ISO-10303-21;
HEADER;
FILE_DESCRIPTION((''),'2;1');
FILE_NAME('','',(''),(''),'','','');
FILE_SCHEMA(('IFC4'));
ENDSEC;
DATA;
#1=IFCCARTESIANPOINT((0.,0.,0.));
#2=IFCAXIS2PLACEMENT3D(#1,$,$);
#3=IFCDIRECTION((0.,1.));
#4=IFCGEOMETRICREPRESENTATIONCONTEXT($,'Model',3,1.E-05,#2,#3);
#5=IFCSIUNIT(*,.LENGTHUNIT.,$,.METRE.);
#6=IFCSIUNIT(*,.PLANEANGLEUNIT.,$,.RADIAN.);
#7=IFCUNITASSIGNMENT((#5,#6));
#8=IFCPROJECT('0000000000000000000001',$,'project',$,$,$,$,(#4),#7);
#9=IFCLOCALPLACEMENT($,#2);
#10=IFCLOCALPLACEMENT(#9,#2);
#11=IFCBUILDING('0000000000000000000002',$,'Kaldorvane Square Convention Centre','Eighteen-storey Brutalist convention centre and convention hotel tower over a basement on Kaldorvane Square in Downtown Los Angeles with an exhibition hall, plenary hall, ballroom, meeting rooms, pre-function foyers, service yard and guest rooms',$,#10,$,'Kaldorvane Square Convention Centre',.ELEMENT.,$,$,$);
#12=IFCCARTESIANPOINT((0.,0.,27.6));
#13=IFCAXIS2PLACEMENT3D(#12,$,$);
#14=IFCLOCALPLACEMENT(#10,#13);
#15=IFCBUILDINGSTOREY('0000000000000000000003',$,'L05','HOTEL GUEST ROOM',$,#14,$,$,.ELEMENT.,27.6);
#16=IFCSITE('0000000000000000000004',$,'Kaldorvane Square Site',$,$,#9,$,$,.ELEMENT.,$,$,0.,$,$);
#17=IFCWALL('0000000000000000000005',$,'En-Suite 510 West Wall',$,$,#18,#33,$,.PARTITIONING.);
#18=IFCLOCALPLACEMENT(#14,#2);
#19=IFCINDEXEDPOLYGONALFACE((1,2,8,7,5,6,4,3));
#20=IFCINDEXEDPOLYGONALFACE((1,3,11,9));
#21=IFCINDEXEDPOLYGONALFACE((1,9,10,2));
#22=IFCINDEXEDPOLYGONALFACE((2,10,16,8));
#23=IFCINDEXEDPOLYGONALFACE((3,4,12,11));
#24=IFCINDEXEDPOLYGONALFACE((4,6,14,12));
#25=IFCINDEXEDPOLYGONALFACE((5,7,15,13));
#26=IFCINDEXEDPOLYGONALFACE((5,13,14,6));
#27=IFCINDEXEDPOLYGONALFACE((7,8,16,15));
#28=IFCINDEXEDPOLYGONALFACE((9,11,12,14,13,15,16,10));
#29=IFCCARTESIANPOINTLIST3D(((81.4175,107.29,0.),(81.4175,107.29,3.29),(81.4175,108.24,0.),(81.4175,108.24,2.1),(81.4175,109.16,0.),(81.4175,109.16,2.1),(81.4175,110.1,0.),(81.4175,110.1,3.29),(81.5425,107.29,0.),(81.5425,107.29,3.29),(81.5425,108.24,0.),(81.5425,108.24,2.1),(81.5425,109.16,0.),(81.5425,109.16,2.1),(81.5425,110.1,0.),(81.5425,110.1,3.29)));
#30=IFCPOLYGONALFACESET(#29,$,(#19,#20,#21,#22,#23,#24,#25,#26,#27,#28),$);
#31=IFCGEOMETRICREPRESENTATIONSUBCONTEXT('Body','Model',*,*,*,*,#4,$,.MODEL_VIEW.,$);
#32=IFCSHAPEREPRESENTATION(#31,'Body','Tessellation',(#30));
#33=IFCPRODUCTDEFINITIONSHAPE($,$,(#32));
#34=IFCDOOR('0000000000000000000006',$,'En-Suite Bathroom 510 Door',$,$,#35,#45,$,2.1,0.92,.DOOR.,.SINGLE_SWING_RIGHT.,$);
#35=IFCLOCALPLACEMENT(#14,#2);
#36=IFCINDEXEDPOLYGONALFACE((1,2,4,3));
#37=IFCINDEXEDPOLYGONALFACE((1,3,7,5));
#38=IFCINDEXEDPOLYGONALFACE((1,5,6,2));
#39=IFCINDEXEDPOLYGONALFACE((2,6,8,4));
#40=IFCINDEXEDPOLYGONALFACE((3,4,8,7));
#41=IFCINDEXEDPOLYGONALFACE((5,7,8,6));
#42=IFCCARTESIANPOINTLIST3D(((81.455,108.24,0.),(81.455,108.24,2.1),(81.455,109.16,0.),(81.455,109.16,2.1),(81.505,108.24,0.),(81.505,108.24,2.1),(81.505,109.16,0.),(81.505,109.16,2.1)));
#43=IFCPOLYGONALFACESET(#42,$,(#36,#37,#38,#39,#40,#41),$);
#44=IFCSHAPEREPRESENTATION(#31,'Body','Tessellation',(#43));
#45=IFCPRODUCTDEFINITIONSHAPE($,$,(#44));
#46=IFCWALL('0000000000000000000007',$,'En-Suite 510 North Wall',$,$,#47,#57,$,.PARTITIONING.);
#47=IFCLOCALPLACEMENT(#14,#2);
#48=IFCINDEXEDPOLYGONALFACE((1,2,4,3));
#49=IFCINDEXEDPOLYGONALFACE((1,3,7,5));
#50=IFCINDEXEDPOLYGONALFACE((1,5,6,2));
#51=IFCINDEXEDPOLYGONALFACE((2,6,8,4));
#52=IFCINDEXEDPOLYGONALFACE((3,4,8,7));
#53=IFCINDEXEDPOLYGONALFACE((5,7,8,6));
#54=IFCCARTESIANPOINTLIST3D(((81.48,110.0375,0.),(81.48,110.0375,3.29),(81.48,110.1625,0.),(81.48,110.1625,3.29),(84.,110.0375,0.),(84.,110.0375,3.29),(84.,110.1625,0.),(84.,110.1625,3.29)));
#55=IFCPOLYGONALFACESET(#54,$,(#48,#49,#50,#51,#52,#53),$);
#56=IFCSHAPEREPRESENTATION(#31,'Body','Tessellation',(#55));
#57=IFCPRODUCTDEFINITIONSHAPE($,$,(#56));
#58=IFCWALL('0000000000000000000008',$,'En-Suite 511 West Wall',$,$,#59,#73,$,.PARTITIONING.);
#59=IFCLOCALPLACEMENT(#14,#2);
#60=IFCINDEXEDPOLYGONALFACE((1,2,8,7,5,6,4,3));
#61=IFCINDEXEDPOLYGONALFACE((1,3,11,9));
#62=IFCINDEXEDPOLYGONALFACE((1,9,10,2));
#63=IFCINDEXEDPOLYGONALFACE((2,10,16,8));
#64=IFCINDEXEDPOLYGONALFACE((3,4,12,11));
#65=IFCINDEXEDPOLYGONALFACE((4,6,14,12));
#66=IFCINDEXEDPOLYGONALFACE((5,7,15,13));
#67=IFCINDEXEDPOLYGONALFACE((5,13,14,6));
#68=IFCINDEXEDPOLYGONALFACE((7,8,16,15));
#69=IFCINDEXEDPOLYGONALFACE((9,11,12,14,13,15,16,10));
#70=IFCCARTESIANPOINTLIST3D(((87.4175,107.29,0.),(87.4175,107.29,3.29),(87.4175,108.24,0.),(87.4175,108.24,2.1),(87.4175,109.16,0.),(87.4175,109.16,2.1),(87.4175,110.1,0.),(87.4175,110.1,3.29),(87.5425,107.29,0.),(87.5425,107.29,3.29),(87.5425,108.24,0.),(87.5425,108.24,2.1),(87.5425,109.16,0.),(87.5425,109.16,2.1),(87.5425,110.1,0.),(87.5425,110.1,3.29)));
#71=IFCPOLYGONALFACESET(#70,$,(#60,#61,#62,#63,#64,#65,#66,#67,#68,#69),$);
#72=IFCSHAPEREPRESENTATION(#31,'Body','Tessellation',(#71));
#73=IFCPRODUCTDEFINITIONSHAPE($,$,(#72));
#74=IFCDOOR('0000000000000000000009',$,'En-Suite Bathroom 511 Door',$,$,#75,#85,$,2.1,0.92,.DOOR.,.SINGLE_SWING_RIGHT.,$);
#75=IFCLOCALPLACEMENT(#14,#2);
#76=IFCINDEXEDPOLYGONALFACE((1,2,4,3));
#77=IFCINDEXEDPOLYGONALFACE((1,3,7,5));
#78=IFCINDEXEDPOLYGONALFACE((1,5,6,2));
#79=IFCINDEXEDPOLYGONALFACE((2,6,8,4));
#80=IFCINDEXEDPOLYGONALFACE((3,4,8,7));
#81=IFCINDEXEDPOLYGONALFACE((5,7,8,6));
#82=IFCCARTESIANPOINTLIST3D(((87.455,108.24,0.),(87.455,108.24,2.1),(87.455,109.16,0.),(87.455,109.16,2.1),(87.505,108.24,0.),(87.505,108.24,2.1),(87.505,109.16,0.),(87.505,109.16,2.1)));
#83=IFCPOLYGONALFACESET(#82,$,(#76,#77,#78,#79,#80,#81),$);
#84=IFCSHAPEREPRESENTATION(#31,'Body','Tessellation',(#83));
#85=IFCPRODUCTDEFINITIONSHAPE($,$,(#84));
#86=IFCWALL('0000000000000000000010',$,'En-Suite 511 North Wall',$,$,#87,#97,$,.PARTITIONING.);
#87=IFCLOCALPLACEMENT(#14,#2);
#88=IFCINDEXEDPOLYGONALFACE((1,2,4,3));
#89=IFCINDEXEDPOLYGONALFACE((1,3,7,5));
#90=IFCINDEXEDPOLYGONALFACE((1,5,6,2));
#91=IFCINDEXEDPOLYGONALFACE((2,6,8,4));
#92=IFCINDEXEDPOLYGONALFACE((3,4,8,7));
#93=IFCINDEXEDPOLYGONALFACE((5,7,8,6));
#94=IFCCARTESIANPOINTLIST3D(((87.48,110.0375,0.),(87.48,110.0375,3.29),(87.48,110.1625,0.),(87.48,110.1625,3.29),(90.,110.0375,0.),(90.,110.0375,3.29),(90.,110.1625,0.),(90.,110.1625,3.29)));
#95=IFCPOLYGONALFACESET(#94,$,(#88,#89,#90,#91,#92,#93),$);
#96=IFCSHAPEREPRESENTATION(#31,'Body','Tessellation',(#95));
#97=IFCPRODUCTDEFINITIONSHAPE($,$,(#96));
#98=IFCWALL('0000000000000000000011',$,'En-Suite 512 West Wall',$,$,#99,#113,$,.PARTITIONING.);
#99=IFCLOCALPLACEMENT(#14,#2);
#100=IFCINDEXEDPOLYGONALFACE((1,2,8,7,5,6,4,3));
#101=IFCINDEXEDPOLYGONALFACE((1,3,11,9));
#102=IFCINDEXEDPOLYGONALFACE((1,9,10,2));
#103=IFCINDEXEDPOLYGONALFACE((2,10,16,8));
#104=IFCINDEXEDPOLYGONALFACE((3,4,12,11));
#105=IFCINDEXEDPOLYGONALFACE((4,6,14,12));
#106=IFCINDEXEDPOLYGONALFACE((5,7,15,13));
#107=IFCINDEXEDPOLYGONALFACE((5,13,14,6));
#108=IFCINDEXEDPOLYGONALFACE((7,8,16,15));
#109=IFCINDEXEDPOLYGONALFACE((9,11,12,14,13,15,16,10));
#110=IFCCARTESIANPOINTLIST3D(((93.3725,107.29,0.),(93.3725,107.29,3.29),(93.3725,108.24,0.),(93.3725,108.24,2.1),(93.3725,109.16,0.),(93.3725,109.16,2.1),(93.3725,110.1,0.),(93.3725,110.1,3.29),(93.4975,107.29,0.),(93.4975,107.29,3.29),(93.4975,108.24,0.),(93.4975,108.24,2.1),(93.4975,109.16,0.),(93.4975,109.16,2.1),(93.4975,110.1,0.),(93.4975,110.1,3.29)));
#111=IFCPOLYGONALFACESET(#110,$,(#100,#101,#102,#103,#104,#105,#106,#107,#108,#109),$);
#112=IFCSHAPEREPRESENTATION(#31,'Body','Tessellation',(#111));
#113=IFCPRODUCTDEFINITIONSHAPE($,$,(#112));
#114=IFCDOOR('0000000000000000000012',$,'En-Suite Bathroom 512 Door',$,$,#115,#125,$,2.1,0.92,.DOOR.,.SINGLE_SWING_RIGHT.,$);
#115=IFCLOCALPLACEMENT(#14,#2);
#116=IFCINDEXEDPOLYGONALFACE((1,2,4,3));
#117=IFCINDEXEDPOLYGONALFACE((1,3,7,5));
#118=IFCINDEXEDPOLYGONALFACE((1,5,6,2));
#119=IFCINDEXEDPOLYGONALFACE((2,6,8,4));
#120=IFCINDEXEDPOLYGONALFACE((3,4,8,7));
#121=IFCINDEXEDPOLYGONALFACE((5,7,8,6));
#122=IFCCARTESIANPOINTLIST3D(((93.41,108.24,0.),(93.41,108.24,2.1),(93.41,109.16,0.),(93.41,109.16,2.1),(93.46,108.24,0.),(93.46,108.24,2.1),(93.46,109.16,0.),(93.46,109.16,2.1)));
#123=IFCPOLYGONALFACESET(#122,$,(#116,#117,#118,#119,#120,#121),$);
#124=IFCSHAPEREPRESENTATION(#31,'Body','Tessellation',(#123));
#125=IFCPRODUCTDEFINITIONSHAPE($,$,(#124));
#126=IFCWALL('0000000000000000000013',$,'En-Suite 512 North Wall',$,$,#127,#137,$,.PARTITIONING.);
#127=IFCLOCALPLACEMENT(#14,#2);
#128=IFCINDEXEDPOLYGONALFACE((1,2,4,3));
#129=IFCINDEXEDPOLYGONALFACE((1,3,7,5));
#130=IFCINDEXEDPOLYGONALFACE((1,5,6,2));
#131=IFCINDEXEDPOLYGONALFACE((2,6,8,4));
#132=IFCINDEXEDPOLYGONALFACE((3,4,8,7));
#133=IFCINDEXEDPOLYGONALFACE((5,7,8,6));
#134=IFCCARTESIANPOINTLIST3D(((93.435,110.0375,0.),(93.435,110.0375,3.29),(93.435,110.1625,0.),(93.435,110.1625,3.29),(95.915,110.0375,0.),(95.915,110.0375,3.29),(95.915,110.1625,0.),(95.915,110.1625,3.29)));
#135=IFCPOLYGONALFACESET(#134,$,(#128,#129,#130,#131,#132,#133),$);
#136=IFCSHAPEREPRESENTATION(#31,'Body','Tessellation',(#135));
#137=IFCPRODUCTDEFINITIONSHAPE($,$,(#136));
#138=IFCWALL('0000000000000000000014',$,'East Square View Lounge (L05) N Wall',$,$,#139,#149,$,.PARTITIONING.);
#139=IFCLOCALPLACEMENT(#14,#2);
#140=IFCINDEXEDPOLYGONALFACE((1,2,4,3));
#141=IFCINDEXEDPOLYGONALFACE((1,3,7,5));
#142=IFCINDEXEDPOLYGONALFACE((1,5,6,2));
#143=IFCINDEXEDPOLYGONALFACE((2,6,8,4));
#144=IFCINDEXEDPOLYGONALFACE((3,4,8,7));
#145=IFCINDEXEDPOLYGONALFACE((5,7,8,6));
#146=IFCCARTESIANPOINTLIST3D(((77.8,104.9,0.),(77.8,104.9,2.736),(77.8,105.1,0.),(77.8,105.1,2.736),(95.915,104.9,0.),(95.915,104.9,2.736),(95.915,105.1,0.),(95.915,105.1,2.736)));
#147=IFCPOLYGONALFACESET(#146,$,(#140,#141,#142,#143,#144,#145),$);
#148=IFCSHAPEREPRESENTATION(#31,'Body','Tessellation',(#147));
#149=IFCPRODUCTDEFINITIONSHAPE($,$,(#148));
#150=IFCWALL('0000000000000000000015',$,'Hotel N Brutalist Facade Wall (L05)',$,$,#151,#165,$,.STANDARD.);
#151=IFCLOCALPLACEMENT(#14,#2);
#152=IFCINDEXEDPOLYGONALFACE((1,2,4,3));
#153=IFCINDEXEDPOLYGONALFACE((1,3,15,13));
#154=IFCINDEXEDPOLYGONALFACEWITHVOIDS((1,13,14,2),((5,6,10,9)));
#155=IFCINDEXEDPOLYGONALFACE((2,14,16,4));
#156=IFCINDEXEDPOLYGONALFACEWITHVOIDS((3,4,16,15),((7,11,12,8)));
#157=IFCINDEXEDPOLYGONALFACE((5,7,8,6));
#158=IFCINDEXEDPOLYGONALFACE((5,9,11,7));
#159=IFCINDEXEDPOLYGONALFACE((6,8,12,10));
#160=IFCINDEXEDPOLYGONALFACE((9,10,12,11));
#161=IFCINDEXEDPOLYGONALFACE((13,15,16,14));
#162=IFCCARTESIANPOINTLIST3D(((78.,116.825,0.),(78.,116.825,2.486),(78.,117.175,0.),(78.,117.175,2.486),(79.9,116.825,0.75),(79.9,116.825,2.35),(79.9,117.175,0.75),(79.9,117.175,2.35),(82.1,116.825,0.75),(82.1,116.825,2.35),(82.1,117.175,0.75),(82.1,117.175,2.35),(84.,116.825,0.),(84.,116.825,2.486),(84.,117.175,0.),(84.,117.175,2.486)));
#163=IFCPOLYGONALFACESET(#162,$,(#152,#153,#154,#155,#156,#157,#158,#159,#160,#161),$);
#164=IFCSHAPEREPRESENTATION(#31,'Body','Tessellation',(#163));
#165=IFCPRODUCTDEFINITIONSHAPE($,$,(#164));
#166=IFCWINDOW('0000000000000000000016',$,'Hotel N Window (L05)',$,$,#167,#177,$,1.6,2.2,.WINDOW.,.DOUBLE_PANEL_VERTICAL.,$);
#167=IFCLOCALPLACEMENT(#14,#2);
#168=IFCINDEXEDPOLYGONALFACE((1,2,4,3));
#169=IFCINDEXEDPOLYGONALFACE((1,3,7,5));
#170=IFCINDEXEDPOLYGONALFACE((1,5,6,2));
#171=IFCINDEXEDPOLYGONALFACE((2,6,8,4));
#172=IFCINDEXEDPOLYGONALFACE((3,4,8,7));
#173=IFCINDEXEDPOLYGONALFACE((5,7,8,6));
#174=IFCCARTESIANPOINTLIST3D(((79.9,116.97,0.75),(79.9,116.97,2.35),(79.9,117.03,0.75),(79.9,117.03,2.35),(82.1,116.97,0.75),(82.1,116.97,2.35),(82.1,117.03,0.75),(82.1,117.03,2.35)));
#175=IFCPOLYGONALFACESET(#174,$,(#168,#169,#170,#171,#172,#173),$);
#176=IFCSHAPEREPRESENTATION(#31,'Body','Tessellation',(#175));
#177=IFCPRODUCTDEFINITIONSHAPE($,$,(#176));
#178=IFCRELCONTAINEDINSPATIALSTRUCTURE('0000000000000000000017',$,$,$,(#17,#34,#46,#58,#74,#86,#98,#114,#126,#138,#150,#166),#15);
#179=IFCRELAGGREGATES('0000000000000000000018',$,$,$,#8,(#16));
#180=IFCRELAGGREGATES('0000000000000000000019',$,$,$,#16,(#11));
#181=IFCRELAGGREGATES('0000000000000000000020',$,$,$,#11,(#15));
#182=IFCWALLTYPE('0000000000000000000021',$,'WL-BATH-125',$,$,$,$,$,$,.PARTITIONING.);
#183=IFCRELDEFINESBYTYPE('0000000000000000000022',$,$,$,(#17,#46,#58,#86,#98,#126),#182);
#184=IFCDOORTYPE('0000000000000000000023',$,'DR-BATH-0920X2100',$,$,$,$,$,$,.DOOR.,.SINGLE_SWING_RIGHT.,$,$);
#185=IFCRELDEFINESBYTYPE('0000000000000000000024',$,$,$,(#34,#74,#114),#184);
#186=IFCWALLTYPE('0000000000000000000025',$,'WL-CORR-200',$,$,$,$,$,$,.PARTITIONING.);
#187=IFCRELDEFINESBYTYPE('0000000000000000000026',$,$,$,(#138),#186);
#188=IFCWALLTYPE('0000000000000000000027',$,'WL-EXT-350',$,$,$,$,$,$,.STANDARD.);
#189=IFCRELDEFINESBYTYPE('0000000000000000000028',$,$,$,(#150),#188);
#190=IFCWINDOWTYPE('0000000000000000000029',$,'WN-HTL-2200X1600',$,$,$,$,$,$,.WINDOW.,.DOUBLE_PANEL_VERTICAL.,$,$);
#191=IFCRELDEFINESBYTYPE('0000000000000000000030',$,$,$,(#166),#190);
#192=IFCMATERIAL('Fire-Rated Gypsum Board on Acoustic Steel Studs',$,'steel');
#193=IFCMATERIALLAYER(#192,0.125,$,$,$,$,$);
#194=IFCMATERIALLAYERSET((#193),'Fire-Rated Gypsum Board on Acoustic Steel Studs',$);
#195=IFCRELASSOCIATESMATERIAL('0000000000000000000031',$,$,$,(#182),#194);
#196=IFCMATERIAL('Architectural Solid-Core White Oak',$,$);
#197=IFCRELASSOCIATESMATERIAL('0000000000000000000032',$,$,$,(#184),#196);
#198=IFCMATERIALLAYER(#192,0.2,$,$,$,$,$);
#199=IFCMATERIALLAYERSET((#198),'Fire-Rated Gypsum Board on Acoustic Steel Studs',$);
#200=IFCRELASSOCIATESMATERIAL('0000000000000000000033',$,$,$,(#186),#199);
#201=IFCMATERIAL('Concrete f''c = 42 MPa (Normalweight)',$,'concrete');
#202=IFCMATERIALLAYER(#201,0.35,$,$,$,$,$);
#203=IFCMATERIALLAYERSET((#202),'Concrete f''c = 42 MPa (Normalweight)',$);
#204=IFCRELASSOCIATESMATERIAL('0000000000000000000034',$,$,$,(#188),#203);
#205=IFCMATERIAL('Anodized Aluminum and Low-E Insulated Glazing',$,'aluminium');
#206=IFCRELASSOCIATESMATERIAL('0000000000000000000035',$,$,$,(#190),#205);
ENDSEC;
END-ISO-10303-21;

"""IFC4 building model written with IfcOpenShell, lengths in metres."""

from ifc_helpers import new_model, si_unit, direction, frame, frame_2d, origin, place, context, subcontext, project, spatial, rectangle, extrude, material, layer, layer_set, type_object, element, fill, save


model = new_model("IFC4")

# Units and contexts
model_context = context("Model", 3, precision=1e-05, world=origin(), true_north=direction((0.0, 1.0)))
body_context = subcontext(model_context, "Body", "Model", "MODEL_VIEW")
ifc_project = project(units=[si_unit("LENGTHUNIT", "METRE"), si_unit("PLANEANGLEUNIT", "RADIAN")], contexts=[model_context])

# Site, building, storey
site_placement = place(None, origin())
site = spatial("IfcSite", under=ifc_project, at=site_placement, Name="Kaldorvane Square Site", CompositionType="ELEMENT", RefElevation=0.0)
building_placement = place(site_placement, origin())
building = spatial("IfcBuilding", under=site, at=building_placement, Name="Kaldorvane Square Convention Centre", Description="Eighteen-storey Brutalist convention centre and convention hotel tower over a basement on Kaldorvane Square in Downtown Los Angeles with an exhibition hall, plenary hall, ballroom, meeting rooms, pre-function foyers, service yard and guest rooms", LongName="Kaldorvane Square Convention Centre", CompositionType="ELEMENT")
storey_placement = place(building_placement, frame((0.0, 0.0, 27.6)))
storey = spatial("IfcBuildingStorey", under=building, at=storey_placement, Name="L05", Description="HOTEL GUEST ROOM", CompositionType="ELEMENT", Elevation=27.6)

# Shared definitions
ifc_material_1 = material(Name="Concrete f'c = 42 MPa (Normalweight)", Category="concrete")

# Wall, opening, door
ifc_material_2 = material(Name="Fire-Rated Gypsum Board on Acoustic Steel Studs", Category="steel")
ifc_layer_1 = layer(ifc_material_2, 0.125)
ifc_layer_set_1 = layer_set([ifc_layer_1], Name="Fire-Rated Gypsum Board on Acoustic Steel Studs")
wall_type_1 = type_object("IfcWallType", Name="WL-BATH-125", PredefinedType="PARTITIONING", material=ifc_layer_set_1)
wall_1_placement = place(storey_placement, frame((81.48, 107.29, 0.0), z_axis=(0.0, 0.0, 1.0), x_axis=(0.0, 1.0, 0.0)))
wall_1 = element("IfcWall", 1, at=wall_1_placement, inside=storey, type_object=wall_type_1, Name="En-Suite 510 West Wall", PredefinedType="PARTITIONING", context=body_context, shape_type="SweptSolid", body=[
    extrude(rectangle(XDim=2.81, YDim=0.125, at=frame_2d((1.405, 0.0))), origin(), (0.0, 0.0, 1.0), 3.29),
])
opening_1_placement = place(wall_1_placement, frame((0.95, 0.0, 0.0)))
opening_1 = element("IfcOpeningElement", 2, at=opening_1_placement, cuts=wall_1, PredefinedType="OPENING", context=body_context, shape_type="SweptSolid", body=[
    extrude(rectangle(XDim=0.92, YDim=2.1, at=frame_2d((0.46, 1.05))), frame((0.0, 0.0775, 0.0), z_axis=(0.0, -1.0, 0.0), x_axis=(1.0, 0.0, 0.0)), (0.0, 0.0, 1.0), 0.155),
])
ifc_material_3 = material(Name="Architectural Solid-Core White Oak")
door_type_1 = type_object("IfcDoorType", Name="DR-BATH-0920X2100", OperationType="SINGLE_SWING_RIGHT", PredefinedType="DOOR", material=ifc_material_3)
door_1_placement = place(opening_1_placement, origin())
door_1 = element("IfcDoor", 3, at=door_1_placement, inside=storey, type_object=door_type_1, Name="En-Suite Bathroom 510 Door", OperationType="SINGLE_SWING_RIGHT", OverallHeight=2.1, OverallWidth=0.92, PredefinedType="DOOR", context=body_context, shape_type="SweptSolid", body=[
    extrude(rectangle(XDim=0.92, YDim=2.1, at=frame_2d((0.46, 1.05))), frame((0.0, 0.025, 0.0), z_axis=(0.0, -1.0, 0.0), x_axis=(1.0, 0.0, 0.0)), (0.0, 0.0, 1.0), 0.05),
])
fill(opening_1, door_1)

# Wall
wall_2_placement = place(storey_placement, frame((81.48, 110.1, 0.0), z_axis=(0.0, 0.0, 1.0), x_axis=(1.0, 0.0, 0.0)))
element("IfcWall", 4, at=wall_2_placement, inside=storey, type_object=wall_type_1, Name="En-Suite 510 North Wall", PredefinedType="PARTITIONING", context=body_context, shape_type="SweptSolid", body=[
    extrude(rectangle(XDim=2.52, YDim=0.125, at=frame_2d((1.26, 0.0))), origin(), (0.0, 0.0, 1.0), 3.29),
])

# Wall, opening, door
wall_3_placement = place(storey_placement, frame((87.48, 107.29, 0.0), z_axis=(0.0, 0.0, 1.0), x_axis=(0.0, 1.0, 0.0)))
wall_3 = element("IfcWall", 5, at=wall_3_placement, inside=storey, type_object=wall_type_1, Name="En-Suite 511 West Wall", PredefinedType="PARTITIONING", context=body_context, shape_type="SweptSolid", body=[
    extrude(rectangle(XDim=2.81, YDim=0.125, at=frame_2d((1.405, 0.0))), origin(), (0.0, 0.0, 1.0), 3.29),
])
opening_2_placement = place(wall_3_placement, frame((0.95, 0.0, 0.0)))
opening_2 = element("IfcOpeningElement", 6, at=opening_2_placement, cuts=wall_3, PredefinedType="OPENING", context=body_context, shape_type="SweptSolid", body=[
    extrude(rectangle(XDim=0.92, YDim=2.1, at=frame_2d((0.46, 1.05))), frame((0.0, 0.0775, 0.0), z_axis=(0.0, -1.0, 0.0), x_axis=(1.0, 0.0, 0.0)), (0.0, 0.0, 1.0), 0.155),
])
door_2_placement = place(opening_2_placement, origin())
door_2 = element("IfcDoor", 7, at=door_2_placement, inside=storey, type_object=door_type_1, Name="En-Suite Bathroom 511 Door", OperationType="SINGLE_SWING_RIGHT", OverallHeight=2.1, OverallWidth=0.92, PredefinedType="DOOR", context=body_context, shape_type="SweptSolid", body=[
    extrude(rectangle(XDim=0.92, YDim=2.1, at=frame_2d((0.46, 1.05))), frame((0.0, 0.025, 0.0), z_axis=(0.0, -1.0, 0.0), x_axis=(1.0, 0.0, 0.0)), (0.0, 0.0, 1.0), 0.05),
])
fill(opening_2, door_2)

# Wall
wall_4_placement = place(storey_placement, frame((87.48, 110.1, 0.0), z_axis=(0.0, 0.0, 1.0), x_axis=(1.0, 0.0, 0.0)))
element("IfcWall", 8, at=wall_4_placement, inside=storey, type_object=wall_type_1, Name="En-Suite 511 North Wall", PredefinedType="PARTITIONING", context=body_context, shape_type="SweptSolid", body=[
    extrude(rectangle(XDim=2.52, YDim=0.125, at=frame_2d((1.26, 0.0))), origin(), (0.0, 0.0, 1.0), 3.29),
])

# Wall, opening, door
wall_5_placement = place(storey_placement, frame((93.435, 107.29, 0.0), z_axis=(0.0, 0.0, 1.0), x_axis=(0.0, 1.0, 0.0)))
wall_5 = element("IfcWall", 9, at=wall_5_placement, inside=storey, type_object=wall_type_1, Name="En-Suite 512 West Wall", PredefinedType="PARTITIONING", context=body_context, shape_type="SweptSolid", body=[
    extrude(rectangle(XDim=2.81, YDim=0.125, at=frame_2d((1.405, 0.0))), origin(), (0.0, 0.0, 1.0), 3.29),
])
opening_3_placement = place(wall_5_placement, frame((0.95, 0.0, 0.0)))
opening_3 = element("IfcOpeningElement", 10, at=opening_3_placement, cuts=wall_5, PredefinedType="OPENING", context=body_context, shape_type="SweptSolid", body=[
    extrude(rectangle(XDim=0.92, YDim=2.1, at=frame_2d((0.46, 1.05))), frame((0.0, 0.0775, 0.0), z_axis=(0.0, -1.0, 0.0), x_axis=(1.0, 0.0, 0.0)), (0.0, 0.0, 1.0), 0.155),
])
door_3_placement = place(opening_3_placement, origin())
door_3 = element("IfcDoor", 11, at=door_3_placement, inside=storey, type_object=door_type_1, Name="En-Suite Bathroom 512 Door", OperationType="SINGLE_SWING_RIGHT", OverallHeight=2.1, OverallWidth=0.92, PredefinedType="DOOR", context=body_context, shape_type="SweptSolid", body=[
    extrude(rectangle(XDim=0.92, YDim=2.1, at=frame_2d((0.46, 1.05))), frame((0.0, 0.025, 0.0), z_axis=(0.0, -1.0, 0.0), x_axis=(1.0, 0.0, 0.0)), (0.0, 0.0, 1.0), 0.05),
])
fill(opening_3, door_3)

# Walls
wall_6_placement = place(storey_placement, frame((93.435, 110.1, 0.0), z_axis=(0.0, 0.0, 1.0), x_axis=(1.0, 0.0, 0.0)))
element("IfcWall", 12, at=wall_6_placement, inside=storey, type_object=wall_type_1, Name="En-Suite 512 North Wall", PredefinedType="PARTITIONING", context=body_context, shape_type="SweptSolid", body=[
    extrude(rectangle(XDim=2.48, YDim=0.125, at=frame_2d((1.24, 0.0))), origin(), (0.0, 0.0, 1.0), 3.29),
])
ifc_layer_2 = layer(ifc_material_2, 0.2)
ifc_layer_set_2 = layer_set([ifc_layer_2], Name="Fire-Rated Gypsum Board on Acoustic Steel Studs")
wall_type_2 = type_object("IfcWallType", Name="WL-CORR-200", PredefinedType="PARTITIONING", material=ifc_layer_set_2)
wall_7_placement = place(storey_placement, frame((95.915, 105.0, 0.0), z_axis=(0.0, 0.0, 1.0), x_axis=(-1.0, 0.0, 0.0)))
element("IfcWall", 13, at=wall_7_placement, inside=storey, type_object=wall_type_2, Name="East Square View Lounge (L05) N Wall", PredefinedType="PARTITIONING", context=body_context, shape_type="SweptSolid", body=[
    extrude(rectangle(XDim=18.115, YDim=0.2, at=frame_2d((9.0575, 0.0))), origin(), (0.0, 0.0, 1.0), 2.736),
])

# Wall, opening, window
ifc_layer_3 = layer(ifc_material_1, 0.35)
ifc_layer_set_3 = layer_set([ifc_layer_3], Name="Concrete f'c = 42 MPa (Normalweight)")
wall_type_3 = type_object("IfcWallType", Name="WL-EXT-350", PredefinedType="STANDARD", material=ifc_layer_set_3)
wall_8_placement = place(storey_placement, frame((84.0, 117.0, 0.0), z_axis=(0.0, 0.0, 1.0), x_axis=(-1.0, 0.0, 0.0)))
wall_8 = element("IfcWall", 14, at=wall_8_placement, inside=storey, type_object=wall_type_3, Name="Hotel N Brutalist Facade Wall (L05)", PredefinedType="STANDARD", context=body_context, shape_type="SweptSolid", body=[
    extrude(rectangle(XDim=6.0, YDim=0.35, at=frame_2d((3.0, 0.0))), origin(), (0.0, 0.0, 1.0), 2.486),
])
opening_4_placement = place(wall_8_placement, frame((1.9, 0.0, 0.75)))
opening_4 = element("IfcOpeningElement", 15, at=opening_4_placement, cuts=wall_8, PredefinedType="OPENING", context=body_context, shape_type="SweptSolid", body=[
    extrude(rectangle(XDim=2.2, YDim=1.6, at=frame_2d((1.1, 0.8))), frame((0.0, 0.19, 0.0), z_axis=(0.0, -1.0, 0.0), x_axis=(1.0, 0.0, 0.0)), (0.0, 0.0, 1.0), 0.38),
])
ifc_material_4 = material(Name="Anodized Aluminum and Low-E Insulated Glazing", Category="aluminium")
window_type = type_object("IfcWindowType", Name="WN-HTL-2200X1600", PartitioningType="DOUBLE_PANEL_VERTICAL", PredefinedType="WINDOW", material=ifc_material_4)
window_1_placement = place(opening_4_placement, origin())
window_1 = element("IfcWindow", 16, at=window_1_placement, inside=storey, type_object=window_type, Name="Hotel N Window (L05)", OverallHeight=1.6, OverallWidth=2.2, PartitioningType="DOUBLE_PANEL_VERTICAL", PredefinedType="WINDOW", context=body_context, shape_type="SweptSolid", body=[
    extrude(rectangle(XDim=2.2, YDim=1.6, at=frame_2d((1.1, 0.8))), frame((0.0, 0.03, 0.0), z_axis=(0.0, -1.0, 0.0), x_axis=(1.0, 0.0, 0.0)), (0.0, 0.0, 1.0), 0.06),
])
fill(opening_4, window_1)

save(model, "model.ifc")
